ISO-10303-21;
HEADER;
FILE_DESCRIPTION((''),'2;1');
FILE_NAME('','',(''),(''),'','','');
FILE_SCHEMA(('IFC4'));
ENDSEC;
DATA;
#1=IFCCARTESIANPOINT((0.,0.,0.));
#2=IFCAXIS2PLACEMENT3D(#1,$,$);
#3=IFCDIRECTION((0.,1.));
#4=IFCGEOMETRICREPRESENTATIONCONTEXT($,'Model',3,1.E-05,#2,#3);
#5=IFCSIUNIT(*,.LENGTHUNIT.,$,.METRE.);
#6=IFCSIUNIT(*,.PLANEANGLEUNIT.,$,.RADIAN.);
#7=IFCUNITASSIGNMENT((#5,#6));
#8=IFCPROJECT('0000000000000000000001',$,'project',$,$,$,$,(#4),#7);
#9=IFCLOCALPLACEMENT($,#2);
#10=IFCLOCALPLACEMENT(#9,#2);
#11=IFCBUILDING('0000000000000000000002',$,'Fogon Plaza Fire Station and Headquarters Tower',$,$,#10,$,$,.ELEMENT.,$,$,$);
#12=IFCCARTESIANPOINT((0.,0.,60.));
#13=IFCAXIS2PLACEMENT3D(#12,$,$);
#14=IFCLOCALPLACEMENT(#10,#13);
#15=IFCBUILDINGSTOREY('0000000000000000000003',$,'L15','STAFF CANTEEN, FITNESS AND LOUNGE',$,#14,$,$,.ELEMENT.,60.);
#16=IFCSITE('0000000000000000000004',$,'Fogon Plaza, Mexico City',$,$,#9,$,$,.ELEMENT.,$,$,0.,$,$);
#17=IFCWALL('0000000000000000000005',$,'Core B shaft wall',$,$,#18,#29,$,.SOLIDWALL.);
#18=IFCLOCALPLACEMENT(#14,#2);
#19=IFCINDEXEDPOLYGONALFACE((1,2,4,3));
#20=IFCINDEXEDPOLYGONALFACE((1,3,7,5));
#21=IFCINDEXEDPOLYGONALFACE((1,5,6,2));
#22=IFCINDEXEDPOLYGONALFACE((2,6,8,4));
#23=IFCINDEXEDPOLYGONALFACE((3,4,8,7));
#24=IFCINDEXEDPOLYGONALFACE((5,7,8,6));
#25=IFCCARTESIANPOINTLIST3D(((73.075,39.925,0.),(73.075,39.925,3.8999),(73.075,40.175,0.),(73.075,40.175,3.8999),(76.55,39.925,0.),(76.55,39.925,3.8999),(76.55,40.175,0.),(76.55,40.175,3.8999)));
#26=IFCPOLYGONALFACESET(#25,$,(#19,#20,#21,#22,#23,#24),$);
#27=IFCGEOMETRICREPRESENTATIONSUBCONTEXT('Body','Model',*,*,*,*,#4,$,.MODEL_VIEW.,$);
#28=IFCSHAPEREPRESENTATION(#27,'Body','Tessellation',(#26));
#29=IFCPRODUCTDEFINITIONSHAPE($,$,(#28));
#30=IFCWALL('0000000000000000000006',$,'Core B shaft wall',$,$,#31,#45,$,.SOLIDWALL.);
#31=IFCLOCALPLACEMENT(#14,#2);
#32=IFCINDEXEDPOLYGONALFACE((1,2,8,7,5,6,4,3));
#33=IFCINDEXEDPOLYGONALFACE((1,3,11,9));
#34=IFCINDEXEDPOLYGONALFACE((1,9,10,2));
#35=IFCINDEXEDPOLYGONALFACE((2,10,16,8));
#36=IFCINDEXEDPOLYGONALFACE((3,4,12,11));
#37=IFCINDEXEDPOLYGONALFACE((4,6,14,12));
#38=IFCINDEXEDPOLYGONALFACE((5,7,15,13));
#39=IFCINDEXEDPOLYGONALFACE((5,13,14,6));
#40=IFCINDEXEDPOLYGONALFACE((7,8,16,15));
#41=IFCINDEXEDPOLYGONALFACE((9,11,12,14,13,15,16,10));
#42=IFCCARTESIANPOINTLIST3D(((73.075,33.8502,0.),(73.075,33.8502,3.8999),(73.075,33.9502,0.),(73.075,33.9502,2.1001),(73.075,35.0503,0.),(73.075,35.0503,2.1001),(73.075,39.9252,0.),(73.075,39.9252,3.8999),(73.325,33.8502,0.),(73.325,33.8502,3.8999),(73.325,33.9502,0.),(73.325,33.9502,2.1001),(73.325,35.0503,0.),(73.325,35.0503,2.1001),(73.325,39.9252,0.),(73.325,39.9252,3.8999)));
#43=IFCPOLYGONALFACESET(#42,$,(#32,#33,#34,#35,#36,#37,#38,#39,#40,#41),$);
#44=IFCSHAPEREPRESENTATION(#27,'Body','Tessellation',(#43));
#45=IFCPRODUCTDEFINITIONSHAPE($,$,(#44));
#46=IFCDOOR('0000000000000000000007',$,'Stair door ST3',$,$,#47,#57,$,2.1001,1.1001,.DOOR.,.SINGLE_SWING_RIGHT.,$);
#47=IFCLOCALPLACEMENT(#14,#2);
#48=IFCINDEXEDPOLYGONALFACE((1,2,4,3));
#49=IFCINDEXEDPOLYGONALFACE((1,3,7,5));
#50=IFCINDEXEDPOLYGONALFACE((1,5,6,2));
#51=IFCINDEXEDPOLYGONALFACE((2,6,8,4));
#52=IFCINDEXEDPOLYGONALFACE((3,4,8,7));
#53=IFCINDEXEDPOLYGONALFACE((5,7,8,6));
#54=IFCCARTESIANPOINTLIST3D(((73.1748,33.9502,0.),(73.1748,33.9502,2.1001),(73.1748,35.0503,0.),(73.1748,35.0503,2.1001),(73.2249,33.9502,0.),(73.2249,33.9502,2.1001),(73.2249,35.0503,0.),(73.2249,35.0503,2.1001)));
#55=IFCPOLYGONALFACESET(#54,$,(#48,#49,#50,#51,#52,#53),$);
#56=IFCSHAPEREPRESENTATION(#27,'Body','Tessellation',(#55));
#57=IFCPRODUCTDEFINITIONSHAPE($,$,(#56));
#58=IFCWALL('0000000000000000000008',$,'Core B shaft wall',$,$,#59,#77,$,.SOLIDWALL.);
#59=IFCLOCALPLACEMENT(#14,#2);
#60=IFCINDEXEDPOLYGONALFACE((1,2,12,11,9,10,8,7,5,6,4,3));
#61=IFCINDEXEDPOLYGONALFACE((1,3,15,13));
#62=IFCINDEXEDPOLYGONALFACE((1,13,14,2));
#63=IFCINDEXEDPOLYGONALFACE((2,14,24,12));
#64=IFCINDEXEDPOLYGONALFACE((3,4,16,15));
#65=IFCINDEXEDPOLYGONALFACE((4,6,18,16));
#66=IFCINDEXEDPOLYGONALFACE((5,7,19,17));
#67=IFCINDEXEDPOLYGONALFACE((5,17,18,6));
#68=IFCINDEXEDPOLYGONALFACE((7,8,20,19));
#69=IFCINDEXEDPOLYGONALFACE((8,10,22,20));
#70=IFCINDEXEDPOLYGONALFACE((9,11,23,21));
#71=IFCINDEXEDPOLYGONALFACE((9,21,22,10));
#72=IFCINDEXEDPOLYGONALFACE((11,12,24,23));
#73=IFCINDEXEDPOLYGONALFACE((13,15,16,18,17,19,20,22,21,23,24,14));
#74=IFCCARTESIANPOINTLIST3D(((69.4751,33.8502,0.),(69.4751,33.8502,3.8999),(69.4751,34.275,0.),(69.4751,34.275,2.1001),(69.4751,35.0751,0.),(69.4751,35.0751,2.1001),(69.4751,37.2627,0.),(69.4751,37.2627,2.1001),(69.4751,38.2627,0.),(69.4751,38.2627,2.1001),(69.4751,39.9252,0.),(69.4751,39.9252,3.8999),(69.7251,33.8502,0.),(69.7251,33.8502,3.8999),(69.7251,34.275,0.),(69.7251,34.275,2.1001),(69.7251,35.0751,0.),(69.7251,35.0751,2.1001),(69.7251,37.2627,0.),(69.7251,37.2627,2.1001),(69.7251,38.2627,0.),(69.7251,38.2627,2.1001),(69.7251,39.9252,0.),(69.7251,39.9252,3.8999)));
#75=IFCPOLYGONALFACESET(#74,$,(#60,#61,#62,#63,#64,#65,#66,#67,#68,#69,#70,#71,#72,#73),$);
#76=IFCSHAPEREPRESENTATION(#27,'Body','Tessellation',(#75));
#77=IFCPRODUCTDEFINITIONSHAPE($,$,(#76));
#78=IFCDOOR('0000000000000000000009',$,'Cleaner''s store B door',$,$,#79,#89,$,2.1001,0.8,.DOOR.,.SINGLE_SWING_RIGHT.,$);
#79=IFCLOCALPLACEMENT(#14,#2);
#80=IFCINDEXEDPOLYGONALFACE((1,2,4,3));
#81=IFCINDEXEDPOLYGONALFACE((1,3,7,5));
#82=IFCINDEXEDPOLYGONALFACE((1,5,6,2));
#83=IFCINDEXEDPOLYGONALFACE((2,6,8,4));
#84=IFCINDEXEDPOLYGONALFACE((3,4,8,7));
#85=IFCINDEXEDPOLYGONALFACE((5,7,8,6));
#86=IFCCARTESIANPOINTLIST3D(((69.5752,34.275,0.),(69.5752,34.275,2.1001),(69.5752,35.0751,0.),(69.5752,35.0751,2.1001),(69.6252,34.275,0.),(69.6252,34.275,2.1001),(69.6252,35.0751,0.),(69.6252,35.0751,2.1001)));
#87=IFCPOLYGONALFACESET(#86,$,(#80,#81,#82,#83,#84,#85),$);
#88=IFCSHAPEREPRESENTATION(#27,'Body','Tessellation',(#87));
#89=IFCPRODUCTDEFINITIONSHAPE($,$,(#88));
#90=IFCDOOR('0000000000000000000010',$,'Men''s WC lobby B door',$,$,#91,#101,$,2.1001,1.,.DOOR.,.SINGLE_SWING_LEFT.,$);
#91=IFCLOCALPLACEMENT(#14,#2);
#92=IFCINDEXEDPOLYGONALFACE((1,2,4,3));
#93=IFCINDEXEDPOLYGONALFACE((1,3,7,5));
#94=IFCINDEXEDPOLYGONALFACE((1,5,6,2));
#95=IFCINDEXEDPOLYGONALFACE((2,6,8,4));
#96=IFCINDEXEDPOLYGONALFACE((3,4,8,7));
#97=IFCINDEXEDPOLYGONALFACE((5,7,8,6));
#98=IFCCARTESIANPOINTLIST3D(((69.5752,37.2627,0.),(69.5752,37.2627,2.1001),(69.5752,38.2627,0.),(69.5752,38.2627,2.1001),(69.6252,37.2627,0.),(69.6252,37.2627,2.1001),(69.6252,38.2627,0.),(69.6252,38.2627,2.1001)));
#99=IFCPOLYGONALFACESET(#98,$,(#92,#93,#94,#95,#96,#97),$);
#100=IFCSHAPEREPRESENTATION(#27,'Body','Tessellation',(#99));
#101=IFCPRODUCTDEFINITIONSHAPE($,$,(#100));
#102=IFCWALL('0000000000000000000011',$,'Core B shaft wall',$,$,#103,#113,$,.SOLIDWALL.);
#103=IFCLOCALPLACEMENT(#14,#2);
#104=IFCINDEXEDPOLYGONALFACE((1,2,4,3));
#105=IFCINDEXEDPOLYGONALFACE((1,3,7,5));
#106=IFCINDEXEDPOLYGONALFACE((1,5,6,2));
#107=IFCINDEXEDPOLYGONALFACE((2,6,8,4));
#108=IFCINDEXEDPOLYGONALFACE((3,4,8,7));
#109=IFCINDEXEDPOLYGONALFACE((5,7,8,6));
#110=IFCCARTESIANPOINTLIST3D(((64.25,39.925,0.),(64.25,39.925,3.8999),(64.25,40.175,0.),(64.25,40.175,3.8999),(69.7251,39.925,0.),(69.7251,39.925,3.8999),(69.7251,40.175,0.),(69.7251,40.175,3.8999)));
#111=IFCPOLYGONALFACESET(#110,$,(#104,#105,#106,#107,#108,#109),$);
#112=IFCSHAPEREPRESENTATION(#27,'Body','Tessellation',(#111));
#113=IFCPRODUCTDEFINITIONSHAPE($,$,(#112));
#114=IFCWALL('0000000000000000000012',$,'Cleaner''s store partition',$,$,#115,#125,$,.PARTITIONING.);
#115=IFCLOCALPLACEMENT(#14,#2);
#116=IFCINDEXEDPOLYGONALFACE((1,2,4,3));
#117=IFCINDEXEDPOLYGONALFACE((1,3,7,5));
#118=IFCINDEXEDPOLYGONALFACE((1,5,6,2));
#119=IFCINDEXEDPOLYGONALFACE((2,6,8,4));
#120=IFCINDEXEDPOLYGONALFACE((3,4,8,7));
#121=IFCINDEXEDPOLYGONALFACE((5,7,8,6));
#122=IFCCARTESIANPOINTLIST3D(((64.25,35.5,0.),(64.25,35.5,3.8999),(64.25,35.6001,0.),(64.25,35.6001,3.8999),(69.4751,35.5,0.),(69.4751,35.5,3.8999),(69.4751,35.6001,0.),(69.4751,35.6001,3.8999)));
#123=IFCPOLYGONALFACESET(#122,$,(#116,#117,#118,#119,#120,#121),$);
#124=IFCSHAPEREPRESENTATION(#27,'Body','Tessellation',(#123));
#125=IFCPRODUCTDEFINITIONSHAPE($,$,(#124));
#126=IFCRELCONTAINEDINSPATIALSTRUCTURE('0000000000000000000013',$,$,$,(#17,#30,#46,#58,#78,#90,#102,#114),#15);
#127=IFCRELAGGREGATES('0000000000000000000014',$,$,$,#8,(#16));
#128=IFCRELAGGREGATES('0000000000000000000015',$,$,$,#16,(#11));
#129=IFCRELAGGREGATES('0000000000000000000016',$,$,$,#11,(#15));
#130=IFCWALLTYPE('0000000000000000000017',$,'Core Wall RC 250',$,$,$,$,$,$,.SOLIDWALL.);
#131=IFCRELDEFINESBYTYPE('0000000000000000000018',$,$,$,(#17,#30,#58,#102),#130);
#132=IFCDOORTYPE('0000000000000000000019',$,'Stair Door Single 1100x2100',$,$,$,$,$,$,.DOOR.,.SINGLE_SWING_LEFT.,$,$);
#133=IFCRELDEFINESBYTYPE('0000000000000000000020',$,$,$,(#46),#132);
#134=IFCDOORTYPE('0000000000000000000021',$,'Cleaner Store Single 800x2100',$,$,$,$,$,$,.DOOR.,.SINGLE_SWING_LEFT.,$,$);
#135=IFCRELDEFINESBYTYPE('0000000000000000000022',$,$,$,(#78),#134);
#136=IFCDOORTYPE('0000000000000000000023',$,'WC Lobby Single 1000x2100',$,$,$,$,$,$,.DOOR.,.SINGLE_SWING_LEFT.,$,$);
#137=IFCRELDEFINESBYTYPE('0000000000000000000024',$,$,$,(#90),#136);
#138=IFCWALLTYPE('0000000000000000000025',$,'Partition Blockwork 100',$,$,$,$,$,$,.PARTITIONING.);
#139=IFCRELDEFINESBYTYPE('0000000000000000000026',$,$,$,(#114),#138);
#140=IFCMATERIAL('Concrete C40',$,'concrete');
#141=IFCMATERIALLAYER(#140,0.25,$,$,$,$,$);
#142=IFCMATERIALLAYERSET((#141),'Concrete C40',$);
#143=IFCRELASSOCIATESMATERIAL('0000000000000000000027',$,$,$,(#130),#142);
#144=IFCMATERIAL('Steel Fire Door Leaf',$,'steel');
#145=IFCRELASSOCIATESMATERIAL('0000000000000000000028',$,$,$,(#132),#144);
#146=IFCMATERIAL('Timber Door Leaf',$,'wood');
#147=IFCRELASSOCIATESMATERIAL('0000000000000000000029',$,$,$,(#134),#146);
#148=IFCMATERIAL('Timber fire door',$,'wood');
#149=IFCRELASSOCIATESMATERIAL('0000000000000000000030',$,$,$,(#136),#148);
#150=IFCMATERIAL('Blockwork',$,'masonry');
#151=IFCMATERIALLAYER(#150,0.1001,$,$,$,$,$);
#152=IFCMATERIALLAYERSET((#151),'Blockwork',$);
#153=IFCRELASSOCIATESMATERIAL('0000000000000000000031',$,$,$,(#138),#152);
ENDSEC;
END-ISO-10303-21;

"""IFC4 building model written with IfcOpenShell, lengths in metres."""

from ifc_helpers import new_model, si_unit, direction, frame, frame_2d, origin, place, context, subcontext, project, spatial, rectangle, extrude, material, layer, layer_set, type_object, element, fill, save


model = new_model("IFC4")

# Units and contexts
model_context = context("Model", 3, precision=1e-05, world=origin(), true_north=direction((0.0, 1.0)))
body_context = subcontext(model_context, "Body", "Model", "MODEL_VIEW")
ifc_project = project(units=[si_unit("LENGTHUNIT", "METRE"), si_unit("PLANEANGLEUNIT", "RADIAN")], contexts=[model_context])

# Site, building, storey
site_placement = place(None, origin())
site = spatial("IfcSite", under=ifc_project, at=site_placement, Name="Fogon Plaza, Mexico City", CompositionType="ELEMENT", RefElevation=0.0)
building_placement = place(site_placement, origin())
building = spatial("IfcBuilding", under=site, at=building_placement, Name="Fogon Plaza Fire Station and Headquarters Tower", CompositionType="ELEMENT")
storey_placement = place(building_placement, frame((0.0, 0.0, 60.0)))
storey = spatial("IfcBuildingStorey", under=building, at=storey_placement, Name="L15", Description="STAFF CANTEEN, FITNESS AND LOUNGE", CompositionType="ELEMENT", Elevation=60.0)

# Wall
ifc_material_1 = material(Name="Concrete C40", Category="concrete")
ifc_layer_1 = layer(ifc_material_1, 0.25)
ifc_layer_set_1 = layer_set([ifc_layer_1], Name="Concrete C40")
wall_type_1 = type_object("IfcWallType", Name="Core Wall RC 250", PredefinedType="SOLIDWALL", material=ifc_layer_set_1)
wall_1_placement = place(storey_placement, frame((76.55, 40.05, 0.0), z_axis=(0.0, 0.0, 1.0), x_axis=(-1.0, 0.0, 0.0)))
element("IfcWall", 1, at=wall_1_placement, inside=storey, type_object=wall_type_1, Name="Core B shaft wall", PredefinedType="SOLIDWALL", context=body_context, shape_type="SweptSolid", body=[
    extrude(rectangle(XDim=3.4751, YDim=0.25, at=frame_2d((1.7375, 0.0))), origin(), (0.0, 0.0, 1.0), 3.8999),
])

# Wall, opening, door
wall_2_placement = place(storey_placement, frame((73.2, 33.8501, 0.0), z_axis=(0.0, 0.0, 1.0), x_axis=(0.0, 1.0, 0.0)))
wall_2 = element("IfcWall", 2, at=wall_2_placement, inside=storey, type_object=wall_type_1, Name="Core B shaft wall", PredefinedType="SOLIDWALL", context=body_context, shape_type="SweptSolid", body=[
    extrude(rectangle(XDim=6.075, YDim=0.25, at=frame_2d((3.0376, 0.0))), origin(), (0.0, 0.0, 1.0), 3.8999),
])
opening_1_placement = place(wall_2_placement, frame((0.1001, 0.0, 0.0)))
opening_1 = element("IfcOpeningElement", 3, at=opening_1_placement, cuts=wall_2, PredefinedType="OPENING", context=body_context, shape_type="SweptSolid", body=[
    extrude(rectangle(XDim=1.1001, YDim=2.1001, at=frame_2d((0.55, 1.05))), frame((0.0, 0.135, 0.0), z_axis=(0.0, -1.0, 0.0), x_axis=(1.0, 0.0, 0.0)), (0.0, 0.0, 1.0), 0.27),
])
ifc_material_2 = material(Name="Steel Fire Door Leaf", Category="steel")
door_type_1 = type_object("IfcDoorType", Name="Stair Door Single 1100x2100", OperationType="SINGLE_SWING_LEFT", PredefinedType="DOOR", material=ifc_material_2)
door_1_placement = place(opening_1_placement, frame((1.1001, 0.0, 0.0), z_axis=(0.0, 0.0, 1.0), x_axis=(-1.0, 0.0, 0.0)))
door_1 = element("IfcDoor", 4, at=door_1_placement, inside=storey, type_object=door_type_1, Name="Stair door ST3", OperationType="SINGLE_SWING_RIGHT", OverallHeight=2.1001, OverallWidth=1.1001, PredefinedType="DOOR", context=body_context, shape_type="SweptSolid", body=[
    extrude(rectangle(XDim=1.1001, YDim=2.1001, at=frame_2d((0.55, 1.05))), frame((0.0, 0.0249, 0.0), z_axis=(0.0, -1.0, 0.0), x_axis=(1.0, 0.0, 0.0)), (0.0, 0.0, 1.0), 0.05),
])
fill(opening_1, door_1)

# Wall, openings, doors
wall_3_placement = place(storey_placement, frame((69.6001, 33.8501, 0.0), z_axis=(0.0, 0.0, 1.0), x_axis=(0.0, 1.0, 0.0)))
wall_3 = element("IfcWall", 5, at=wall_3_placement, inside=storey, type_object=wall_type_1, Name="Core B shaft wall", PredefinedType="SOLIDWALL", context=body_context, shape_type="SweptSolid", body=[
    extrude(rectangle(XDim=6.075, YDim=0.25, at=frame_2d((3.0376, 0.0))), origin(), (0.0, 0.0, 1.0), 3.8999),
])
opening_2_placement = place(wall_3_placement, frame((0.425, 0.0, 0.0)))
opening_2 = element("IfcOpeningElement", 6, at=opening_2_placement, cuts=wall_3, PredefinedType="OPENING", context=body_context, shape_type="SweptSolid", body=[
    extrude(rectangle(XDim=0.8, YDim=2.1001, at=frame_2d((0.3999, 1.05))), frame((0.0, 0.135, 0.0), z_axis=(0.0, -1.0, 0.0), x_axis=(1.0, 0.0, 0.0)), (0.0, 0.0, 1.0), 0.27),
])
opening_3_placement = place(wall_3_placement, frame((3.4126, 0.0, 0.0)))
opening_3 = element("IfcOpeningElement", 7, at=opening_3_placement, cuts=wall_3, PredefinedType="OPENING", context=body_context, shape_type="SweptSolid", body=[
    extrude(rectangle(XDim=1.0, YDim=2.1001, at=frame_2d((0.5, 1.05))), frame((0.0, 0.135, 0.0), z_axis=(0.0, -1.0, 0.0), x_axis=(1.0, 0.0, 0.0)), (0.0, 0.0, 1.0), 0.27),
])
ifc_material_3 = material(Name="Timber Door Leaf", Category="wood")
door_type_2 = type_object("IfcDoorType", Name="Cleaner Store Single 800x2100", OperationType="SINGLE_SWING_LEFT", PredefinedType="DOOR", material=ifc_material_3)
door_2_placement = place(opening_2_placement, origin())
door_2 = element("IfcDoor", 8, at=door_2_placement, inside=storey, type_object=door_type_2, Name="Cleaner's store B door", OperationType="SINGLE_SWING_RIGHT", OverallHeight=2.1001, OverallWidth=0.8, PredefinedType="DOOR", context=body_context, shape_type="SweptSolid", body=[
    extrude(rectangle(XDim=0.8, YDim=2.1001, at=frame_2d((0.3999, 1.05))), frame((0.0, 0.0249, 0.0), z_axis=(0.0, -1.0, 0.0), x_axis=(1.0, 0.0, 0.0)), (0.0, 0.0, 1.0), 0.05),
])
fill(opening_2, door_2)
ifc_material_4 = material(Name="Timber fire door", Category="wood")
door_type_3 = type_object("IfcDoorType", Name="WC Lobby Single 1000x2100", OperationType="SINGLE_SWING_LEFT", PredefinedType="DOOR", material=ifc_material_4)
door_3_placement = place(opening_3_placement, origin())
door_3 = element("IfcDoor", 9, at=door_3_placement, inside=storey, type_object=door_type_3, Name="Men's WC lobby B door", OperationType="SINGLE_SWING_LEFT", OverallHeight=2.1001, OverallWidth=1.0, PredefinedType="DOOR", context=body_context, shape_type="SweptSolid", body=[
    extrude(rectangle(XDim=1.0, YDim=2.1001, at=frame_2d((0.5, 1.05))), frame((0.0, 0.0249, 0.0), z_axis=(0.0, -1.0, 0.0), x_axis=(1.0, 0.0, 0.0)), (0.0, 0.0, 1.0), 0.05),
])
fill(opening_3, door_3)

# Walls
wall_4_placement = place(storey_placement, frame((69.7251, 40.05, 0.0), z_axis=(0.0, 0.0, 1.0), x_axis=(-1.0, 0.0, 0.0)))
element("IfcWall", 10, at=wall_4_placement, inside=storey, type_object=wall_type_1, Name="Core B shaft wall", PredefinedType="SOLIDWALL", context=body_context, shape_type="SweptSolid", body=[
    extrude(rectangle(XDim=5.4751, YDim=0.25, at=frame_2d((2.7375, 0.0))), origin(), (0.0, 0.0, 1.0), 3.8999),
])
ifc_material_5 = material(Name="Blockwork", Category="masonry")
ifc_layer_2 = layer(ifc_material_5, 0.1001)
ifc_layer_set_2 = layer_set([ifc_layer_2], Name="Blockwork")
wall_type_2 = type_object("IfcWallType", Name="Partition Blockwork 100", PredefinedType="PARTITIONING", material=ifc_layer_set_2)
wall_5_placement = place(storey_placement, frame((69.4751, 35.55, 0.0), z_axis=(0.0, 0.0, 1.0), x_axis=(-1.0, 0.0, 0.0)))
element("IfcWall", 11, at=wall_5_placement, inside=storey, type_object=wall_type_2, Name="Cleaner's store partition", PredefinedType="PARTITIONING", context=body_context, shape_type="SweptSolid", body=[
    extrude(rectangle(XDim=5.2251, YDim=0.1001, at=frame_2d((2.6125, 0.0))), origin(), (0.0, 0.0, 1.0), 3.8999),
])

save(model, "model.ifc")
